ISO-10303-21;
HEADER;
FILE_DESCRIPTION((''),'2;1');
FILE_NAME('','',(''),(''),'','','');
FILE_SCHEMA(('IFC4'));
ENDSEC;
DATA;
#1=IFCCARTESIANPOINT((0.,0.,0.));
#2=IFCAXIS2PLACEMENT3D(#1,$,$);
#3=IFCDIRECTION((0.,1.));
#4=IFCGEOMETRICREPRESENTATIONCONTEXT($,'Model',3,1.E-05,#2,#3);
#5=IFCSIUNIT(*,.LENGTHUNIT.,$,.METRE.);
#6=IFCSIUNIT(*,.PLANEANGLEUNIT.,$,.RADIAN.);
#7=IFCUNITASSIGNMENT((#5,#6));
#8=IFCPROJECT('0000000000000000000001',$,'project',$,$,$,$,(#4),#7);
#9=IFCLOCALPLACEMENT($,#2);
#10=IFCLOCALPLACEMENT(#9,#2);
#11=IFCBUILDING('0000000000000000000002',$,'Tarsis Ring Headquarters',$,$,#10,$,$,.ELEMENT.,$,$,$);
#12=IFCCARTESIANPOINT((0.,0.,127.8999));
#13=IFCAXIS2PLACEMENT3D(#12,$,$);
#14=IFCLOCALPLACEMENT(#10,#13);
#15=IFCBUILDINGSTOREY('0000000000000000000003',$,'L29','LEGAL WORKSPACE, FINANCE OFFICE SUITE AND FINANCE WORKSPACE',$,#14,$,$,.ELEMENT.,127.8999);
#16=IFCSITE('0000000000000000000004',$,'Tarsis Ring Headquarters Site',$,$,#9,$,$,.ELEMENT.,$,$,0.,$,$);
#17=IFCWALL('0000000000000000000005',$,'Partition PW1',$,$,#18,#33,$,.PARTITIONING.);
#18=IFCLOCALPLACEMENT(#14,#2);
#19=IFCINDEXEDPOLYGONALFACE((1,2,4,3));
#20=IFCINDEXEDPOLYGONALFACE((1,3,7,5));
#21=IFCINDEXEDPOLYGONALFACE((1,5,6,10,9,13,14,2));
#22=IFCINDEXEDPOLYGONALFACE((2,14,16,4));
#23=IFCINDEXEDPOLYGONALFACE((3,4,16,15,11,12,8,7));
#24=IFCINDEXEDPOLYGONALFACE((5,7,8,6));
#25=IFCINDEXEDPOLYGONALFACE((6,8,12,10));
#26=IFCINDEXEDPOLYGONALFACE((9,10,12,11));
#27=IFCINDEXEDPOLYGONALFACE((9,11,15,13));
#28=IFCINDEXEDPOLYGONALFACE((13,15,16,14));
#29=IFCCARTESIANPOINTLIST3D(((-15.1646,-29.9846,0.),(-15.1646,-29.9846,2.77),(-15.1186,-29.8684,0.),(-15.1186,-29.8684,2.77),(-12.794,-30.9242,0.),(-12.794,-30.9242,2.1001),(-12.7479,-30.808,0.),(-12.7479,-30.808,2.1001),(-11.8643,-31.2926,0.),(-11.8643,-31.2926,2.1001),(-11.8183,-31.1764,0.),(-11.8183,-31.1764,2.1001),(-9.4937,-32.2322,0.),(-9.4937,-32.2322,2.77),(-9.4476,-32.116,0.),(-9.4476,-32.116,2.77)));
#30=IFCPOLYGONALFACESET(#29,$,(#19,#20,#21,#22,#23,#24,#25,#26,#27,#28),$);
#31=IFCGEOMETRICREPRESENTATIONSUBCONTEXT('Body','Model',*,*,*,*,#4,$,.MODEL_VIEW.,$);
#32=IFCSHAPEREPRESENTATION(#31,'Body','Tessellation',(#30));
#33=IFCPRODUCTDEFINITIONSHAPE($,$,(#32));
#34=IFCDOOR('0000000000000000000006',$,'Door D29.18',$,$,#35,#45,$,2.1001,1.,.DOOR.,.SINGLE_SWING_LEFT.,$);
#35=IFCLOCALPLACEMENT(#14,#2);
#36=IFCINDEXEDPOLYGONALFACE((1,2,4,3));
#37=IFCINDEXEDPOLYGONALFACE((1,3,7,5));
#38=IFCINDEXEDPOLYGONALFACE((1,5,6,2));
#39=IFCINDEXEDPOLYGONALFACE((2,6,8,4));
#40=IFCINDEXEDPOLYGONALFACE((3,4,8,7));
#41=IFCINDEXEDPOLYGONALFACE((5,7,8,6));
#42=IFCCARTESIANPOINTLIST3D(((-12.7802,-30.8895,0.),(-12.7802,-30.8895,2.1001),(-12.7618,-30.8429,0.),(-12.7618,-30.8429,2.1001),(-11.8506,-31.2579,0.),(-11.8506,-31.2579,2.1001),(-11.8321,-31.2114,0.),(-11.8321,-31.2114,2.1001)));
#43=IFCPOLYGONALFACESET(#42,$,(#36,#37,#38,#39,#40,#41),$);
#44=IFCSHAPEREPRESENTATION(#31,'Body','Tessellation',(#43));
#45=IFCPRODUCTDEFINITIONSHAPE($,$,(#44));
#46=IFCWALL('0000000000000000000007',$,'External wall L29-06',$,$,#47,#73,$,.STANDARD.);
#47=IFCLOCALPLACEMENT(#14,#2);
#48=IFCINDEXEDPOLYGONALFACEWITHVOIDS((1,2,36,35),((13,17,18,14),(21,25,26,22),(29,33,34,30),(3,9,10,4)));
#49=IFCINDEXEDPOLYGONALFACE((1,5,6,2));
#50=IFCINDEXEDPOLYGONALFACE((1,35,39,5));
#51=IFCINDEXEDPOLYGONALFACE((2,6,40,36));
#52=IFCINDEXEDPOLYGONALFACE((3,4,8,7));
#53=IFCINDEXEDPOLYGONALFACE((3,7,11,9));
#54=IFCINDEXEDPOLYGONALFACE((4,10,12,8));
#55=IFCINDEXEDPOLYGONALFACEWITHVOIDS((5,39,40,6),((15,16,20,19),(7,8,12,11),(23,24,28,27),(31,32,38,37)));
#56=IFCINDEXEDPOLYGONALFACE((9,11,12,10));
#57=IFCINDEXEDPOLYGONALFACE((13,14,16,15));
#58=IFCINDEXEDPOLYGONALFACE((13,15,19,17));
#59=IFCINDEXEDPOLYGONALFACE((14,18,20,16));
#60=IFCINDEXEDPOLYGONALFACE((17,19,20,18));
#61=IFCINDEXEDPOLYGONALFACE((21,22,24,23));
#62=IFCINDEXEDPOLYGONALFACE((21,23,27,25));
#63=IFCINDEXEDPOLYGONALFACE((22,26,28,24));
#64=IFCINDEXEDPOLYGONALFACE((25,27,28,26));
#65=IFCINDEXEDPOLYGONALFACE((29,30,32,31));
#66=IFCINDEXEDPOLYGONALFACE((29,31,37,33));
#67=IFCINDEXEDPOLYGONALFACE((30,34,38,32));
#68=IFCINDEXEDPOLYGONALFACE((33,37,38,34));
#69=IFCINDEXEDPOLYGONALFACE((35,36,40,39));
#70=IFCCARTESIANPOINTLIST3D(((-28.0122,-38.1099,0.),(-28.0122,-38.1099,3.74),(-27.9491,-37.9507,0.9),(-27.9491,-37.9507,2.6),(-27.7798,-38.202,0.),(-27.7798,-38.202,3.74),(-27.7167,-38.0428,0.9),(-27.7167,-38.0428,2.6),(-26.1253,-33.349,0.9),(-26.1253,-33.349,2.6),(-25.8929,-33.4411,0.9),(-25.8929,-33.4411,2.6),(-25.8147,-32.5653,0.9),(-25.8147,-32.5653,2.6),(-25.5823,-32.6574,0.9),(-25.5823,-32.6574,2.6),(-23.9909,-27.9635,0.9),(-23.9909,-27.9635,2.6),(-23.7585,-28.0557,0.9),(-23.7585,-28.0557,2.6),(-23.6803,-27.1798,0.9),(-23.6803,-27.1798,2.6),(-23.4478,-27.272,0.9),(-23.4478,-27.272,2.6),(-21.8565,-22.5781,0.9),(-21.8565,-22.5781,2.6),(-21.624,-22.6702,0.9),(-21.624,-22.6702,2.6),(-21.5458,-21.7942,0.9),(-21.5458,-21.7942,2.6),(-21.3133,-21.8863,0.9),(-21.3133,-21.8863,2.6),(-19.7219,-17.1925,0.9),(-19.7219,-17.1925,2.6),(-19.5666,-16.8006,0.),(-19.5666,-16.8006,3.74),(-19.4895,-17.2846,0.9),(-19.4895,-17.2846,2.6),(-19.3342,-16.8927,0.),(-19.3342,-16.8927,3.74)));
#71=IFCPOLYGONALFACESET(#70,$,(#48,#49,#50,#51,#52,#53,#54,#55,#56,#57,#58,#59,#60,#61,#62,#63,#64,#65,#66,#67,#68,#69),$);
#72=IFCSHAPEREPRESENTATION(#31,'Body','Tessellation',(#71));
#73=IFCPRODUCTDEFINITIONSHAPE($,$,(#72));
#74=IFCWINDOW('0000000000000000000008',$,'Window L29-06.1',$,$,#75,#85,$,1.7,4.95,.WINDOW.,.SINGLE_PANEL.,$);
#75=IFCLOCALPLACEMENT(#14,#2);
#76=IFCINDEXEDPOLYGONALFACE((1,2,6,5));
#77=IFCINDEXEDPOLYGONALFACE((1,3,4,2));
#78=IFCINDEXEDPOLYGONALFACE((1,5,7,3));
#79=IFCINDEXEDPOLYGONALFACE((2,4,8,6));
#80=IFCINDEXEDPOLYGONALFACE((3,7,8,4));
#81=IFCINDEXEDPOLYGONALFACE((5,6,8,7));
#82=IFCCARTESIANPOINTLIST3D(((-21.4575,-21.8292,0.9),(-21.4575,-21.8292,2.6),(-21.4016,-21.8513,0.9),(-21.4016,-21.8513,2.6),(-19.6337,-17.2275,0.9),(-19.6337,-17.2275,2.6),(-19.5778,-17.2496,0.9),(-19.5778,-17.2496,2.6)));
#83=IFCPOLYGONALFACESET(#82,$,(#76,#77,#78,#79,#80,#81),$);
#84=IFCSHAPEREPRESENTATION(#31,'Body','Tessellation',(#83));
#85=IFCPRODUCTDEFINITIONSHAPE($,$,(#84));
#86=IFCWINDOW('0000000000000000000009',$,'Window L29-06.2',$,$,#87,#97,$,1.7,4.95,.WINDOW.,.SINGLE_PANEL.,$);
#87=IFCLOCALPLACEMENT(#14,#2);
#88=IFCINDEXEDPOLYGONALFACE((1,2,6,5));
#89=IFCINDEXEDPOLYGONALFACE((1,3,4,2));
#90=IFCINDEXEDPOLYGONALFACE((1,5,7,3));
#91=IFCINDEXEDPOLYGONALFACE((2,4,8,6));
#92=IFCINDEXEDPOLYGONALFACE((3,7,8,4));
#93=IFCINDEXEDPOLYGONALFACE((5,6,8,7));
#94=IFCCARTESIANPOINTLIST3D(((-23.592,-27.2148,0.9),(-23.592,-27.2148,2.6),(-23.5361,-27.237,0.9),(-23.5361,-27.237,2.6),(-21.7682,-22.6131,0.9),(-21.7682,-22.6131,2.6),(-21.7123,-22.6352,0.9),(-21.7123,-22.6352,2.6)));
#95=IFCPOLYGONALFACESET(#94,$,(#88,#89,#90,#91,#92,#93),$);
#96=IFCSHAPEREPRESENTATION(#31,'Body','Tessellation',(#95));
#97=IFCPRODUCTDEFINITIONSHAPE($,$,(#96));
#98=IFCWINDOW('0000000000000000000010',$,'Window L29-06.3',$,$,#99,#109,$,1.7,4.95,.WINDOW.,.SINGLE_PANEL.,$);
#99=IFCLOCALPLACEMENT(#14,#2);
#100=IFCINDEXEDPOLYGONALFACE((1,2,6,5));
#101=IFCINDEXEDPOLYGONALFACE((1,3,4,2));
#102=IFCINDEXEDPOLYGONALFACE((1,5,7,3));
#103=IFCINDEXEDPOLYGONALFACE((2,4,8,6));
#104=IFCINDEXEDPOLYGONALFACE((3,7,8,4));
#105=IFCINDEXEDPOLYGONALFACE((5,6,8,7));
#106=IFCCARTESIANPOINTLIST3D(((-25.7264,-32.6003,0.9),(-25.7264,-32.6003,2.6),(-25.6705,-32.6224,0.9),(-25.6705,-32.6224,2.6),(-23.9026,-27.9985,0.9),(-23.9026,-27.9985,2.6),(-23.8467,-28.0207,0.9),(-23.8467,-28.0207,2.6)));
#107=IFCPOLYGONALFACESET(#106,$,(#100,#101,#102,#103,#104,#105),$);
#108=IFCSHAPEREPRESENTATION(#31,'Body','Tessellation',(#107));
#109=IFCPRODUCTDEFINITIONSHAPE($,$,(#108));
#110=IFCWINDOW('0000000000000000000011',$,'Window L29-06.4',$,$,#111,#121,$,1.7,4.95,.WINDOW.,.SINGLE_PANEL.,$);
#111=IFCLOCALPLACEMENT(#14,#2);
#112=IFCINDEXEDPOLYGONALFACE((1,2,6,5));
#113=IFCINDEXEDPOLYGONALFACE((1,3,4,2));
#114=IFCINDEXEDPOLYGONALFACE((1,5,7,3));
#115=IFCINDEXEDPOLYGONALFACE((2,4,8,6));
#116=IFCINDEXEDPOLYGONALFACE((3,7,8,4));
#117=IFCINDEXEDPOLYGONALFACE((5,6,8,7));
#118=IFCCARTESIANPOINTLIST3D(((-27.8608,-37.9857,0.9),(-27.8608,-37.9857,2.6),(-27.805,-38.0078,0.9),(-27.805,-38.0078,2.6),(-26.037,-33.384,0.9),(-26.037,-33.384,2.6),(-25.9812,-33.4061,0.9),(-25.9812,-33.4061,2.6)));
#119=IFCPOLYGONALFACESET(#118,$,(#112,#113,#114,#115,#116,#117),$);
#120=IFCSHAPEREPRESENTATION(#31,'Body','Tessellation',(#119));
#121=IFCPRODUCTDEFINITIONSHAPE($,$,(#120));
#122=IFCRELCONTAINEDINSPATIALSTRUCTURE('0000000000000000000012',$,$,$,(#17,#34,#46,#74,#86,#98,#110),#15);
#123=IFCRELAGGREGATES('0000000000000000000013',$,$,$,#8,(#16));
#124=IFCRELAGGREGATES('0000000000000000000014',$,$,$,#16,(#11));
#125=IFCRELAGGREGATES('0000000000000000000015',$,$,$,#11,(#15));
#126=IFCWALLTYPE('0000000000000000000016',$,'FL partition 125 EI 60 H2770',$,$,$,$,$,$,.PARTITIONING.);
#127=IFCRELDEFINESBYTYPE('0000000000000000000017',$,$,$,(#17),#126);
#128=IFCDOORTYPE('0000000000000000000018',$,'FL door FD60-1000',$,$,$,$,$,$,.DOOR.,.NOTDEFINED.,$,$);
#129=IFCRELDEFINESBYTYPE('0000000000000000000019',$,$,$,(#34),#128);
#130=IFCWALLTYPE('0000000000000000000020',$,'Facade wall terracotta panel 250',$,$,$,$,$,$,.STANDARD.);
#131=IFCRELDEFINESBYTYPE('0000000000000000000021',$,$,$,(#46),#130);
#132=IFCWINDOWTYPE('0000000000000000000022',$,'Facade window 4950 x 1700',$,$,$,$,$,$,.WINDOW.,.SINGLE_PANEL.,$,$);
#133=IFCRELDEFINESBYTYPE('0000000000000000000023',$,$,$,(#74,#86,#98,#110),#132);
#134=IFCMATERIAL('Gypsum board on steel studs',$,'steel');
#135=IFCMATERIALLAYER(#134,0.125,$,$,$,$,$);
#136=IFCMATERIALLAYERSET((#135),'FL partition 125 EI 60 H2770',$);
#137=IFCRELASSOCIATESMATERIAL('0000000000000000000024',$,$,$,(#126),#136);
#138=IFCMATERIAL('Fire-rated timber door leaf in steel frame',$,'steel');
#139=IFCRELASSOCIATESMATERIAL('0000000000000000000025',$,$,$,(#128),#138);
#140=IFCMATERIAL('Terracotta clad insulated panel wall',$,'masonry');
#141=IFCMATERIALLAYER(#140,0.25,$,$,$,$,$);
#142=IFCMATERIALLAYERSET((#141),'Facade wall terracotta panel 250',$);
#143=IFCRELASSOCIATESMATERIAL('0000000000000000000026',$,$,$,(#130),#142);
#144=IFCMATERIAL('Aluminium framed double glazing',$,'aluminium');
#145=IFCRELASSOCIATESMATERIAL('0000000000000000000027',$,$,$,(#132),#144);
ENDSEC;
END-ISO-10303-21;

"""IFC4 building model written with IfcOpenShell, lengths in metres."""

from ifc_helpers import new_model, si_unit, direction, frame, frame_2d, origin, place, context, subcontext, project, spatial, rectangle, extrude, material, layer, layer_set, type_object, element, fill, save


model = new_model("IFC4")

# Units and contexts
model_context = context("Model", 3, precision=1e-05, world=origin(), true_north=direction((0.0, 1.0)))
body_context = subcontext(model_context, "Body", "Model", "MODEL_VIEW")
ifc_project = project(units=[si_unit("LENGTHUNIT", "METRE"), si_unit("PLANEANGLEUNIT", "RADIAN")], contexts=[model_context])

# Site, building, storey
site_placement = place(None, origin())
site = spatial("IfcSite", under=ifc_project, at=site_placement, Name="Tarsis Ring Headquarters Site", CompositionType="ELEMENT", RefElevation=0.0)
building_placement = place(site_placement, origin())
building = spatial("IfcBuilding", under=site, at=building_placement, Name="Tarsis Ring Headquarters", CompositionType="ELEMENT")
storey_placement = place(building_placement, frame((0.0, 0.0, 127.8999)))
storey = spatial("IfcBuildingStorey", under=building, at=storey_placement, Name="L29", Description="LEGAL WORKSPACE, FINANCE OFFICE SUITE AND FINANCE WORKSPACE", CompositionType="ELEMENT", Elevation=127.8999)

# Shared definitions
ifc_material_1 = material(Name="Gypsum board on steel studs", Category="steel")
ifc_layer_1 = layer(ifc_material_1, 0.125)
ifc_layer_set_1 = layer_set([ifc_layer_1], Name="FL partition 125 EI 60 H2770")
wall_type_1 = type_object("IfcWallType", Name="FL partition 125 EI 60 H2770", PredefinedType="PARTITIONING", material=ifc_layer_set_1)

# Wall, opening, door
wall_1_placement = place(storey_placement, frame((-15.1416, -29.9265, 0.0), z_axis=(0.0, 0.0, 1.0), x_axis=(0.929648, -0.368449, 0.0)))
wall_1 = element("IfcWall", 1, at=wall_1_placement, inside=storey, type_object=wall_type_1, Name="Partition PW1", PredefinedType="PARTITIONING", context=body_context, shape_type="SweptSolid", body=[
    extrude(rectangle(XDim=6.1001, YDim=0.125, at=frame_2d((3.05, 0.0))), origin(), (0.0, 0.0, 1.0), 2.77),
])
opening_1_placement = place(wall_1_placement, frame((2.55, 0.0, 0.0)))
opening_1 = element("IfcOpeningElement", 2, at=opening_1_placement, cuts=wall_1, PredefinedType="OPENING", context=body_context, shape_type="SweptSolid", body=[
    extrude(rectangle(XDim=1.0, YDim=2.1001, at=frame_2d((0.5, 1.05))), frame((0.0, 0.0725, 0.0), z_axis=(0.0, -1.0, 0.0), x_axis=(1.0, 0.0, 0.0)), (0.0, 0.0, 1.0), 0.145),
])
ifc_material_2 = material(Name="Fire-rated timber door leaf in steel frame", Category="steel")
door_type = type_object("IfcDoorType", Name="FL door FD60-1000", OperationType="NOTDEFINED", PredefinedType="DOOR", material=ifc_material_2)
door_placement = place(opening_1_placement, origin())
door = element("IfcDoor", 3, at=door_placement, inside=storey, type_object=door_type, Name="Door D29.18", OperationType="SINGLE_SWING_LEFT", OverallHeight=2.1001, OverallWidth=1.0, PredefinedType="DOOR", context=body_context, shape_type="SweptSolid", body=[
    extrude(rectangle(XDim=1.0, YDim=2.1001, at=frame_2d((0.5, 1.05))), frame((0.0, 0.0249, 0.0), z_axis=(0.0, -1.0, 0.0), x_axis=(1.0, 0.0, 0.0)), (0.0, 0.0, 1.0), 0.05),
])
fill(opening_1, door)

# Wall, openings, windows
ifc_material_3 = material(Name="Terracotta clad insulated panel wall", Category="masonry")
ifc_layer_2 = layer(ifc_material_3, 0.25)
ifc_layer_set_2 = layer_set([ifc_layer_2], Name="Facade wall terracotta panel 250")
wall_type_2 = type_object("IfcWallType", Name="Facade wall terracotta panel 250", PredefinedType="STANDARD", material=ifc_layer_set_2)
wall_2_placement = place(storey_placement, frame((-19.4504, -16.8467, 0.0), z_axis=(0.0, 0.0, 1.0), x_axis=(-0.368449, -0.929648, 0.0)))
wall_2 = element("IfcWall", 4, at=wall_2_placement, inside=storey, type_object=wall_type_2, Name="External wall L29-06", PredefinedType="STANDARD", context=body_context, shape_type="SweptSolid", body=[
    extrude(rectangle(XDim=22.9219, YDim=0.25, at=frame_2d((11.4609, 0.0))), origin(), (0.0, 0.0, 1.0), 3.74),
])
opening_2_placement = place(wall_2_placement, frame((0.4214, 0.0, 0.8999)))
opening_2 = element("IfcOpeningElement", 5, at=opening_2_placement, cuts=wall_2, PredefinedType="OPENING", context=body_context, shape_type="SweptSolid", body=[
    extrude(rectangle(XDim=4.95, YDim=1.7, at=frame_2d((2.4751, 0.8501))), frame((0.0, 0.135, 0.0), z_axis=(0.0, -1.0, 0.0), x_axis=(1.0, 0.0, 0.0)), (0.0, 0.0, 1.0), 0.27),
])
opening_3_placement = place(wall_2_placement, frame((6.2146, 0.0, 0.8999)))
opening_3 = element("IfcOpeningElement", 6, at=opening_3_placement, cuts=wall_2, PredefinedType="OPENING", context=body_context, shape_type="SweptSolid", body=[
    extrude(rectangle(XDim=4.95, YDim=1.7, at=frame_2d((2.4751, 0.8501))), frame((0.0, 0.135, 0.0), z_axis=(0.0, -1.0, 0.0), x_axis=(1.0, 0.0, 0.0)), (0.0, 0.0, 1.0), 0.27),
])
opening_4_placement = place(wall_2_placement, frame((12.0076, 0.0, 0.8999)))
opening_4 = element("IfcOpeningElement", 7, at=opening_4_placement, cuts=wall_2, PredefinedType="OPENING", context=body_context, shape_type="SweptSolid", body=[
    extrude(rectangle(XDim=4.95, YDim=1.7, at=frame_2d((2.4751, 0.8501))), frame((0.0, 0.135, 0.0), z_axis=(0.0, -1.0, 0.0), x_axis=(1.0, 0.0, 0.0)), (0.0, 0.0, 1.0), 0.27),
])
opening_5_placement = place(wall_2_placement, frame((17.8005, 0.0, 0.8999)))
opening_5 = element("IfcOpeningElement", 8, at=opening_5_placement, cuts=wall_2, PredefinedType="OPENING", context=body_context, shape_type="SweptSolid", body=[
    extrude(rectangle(XDim=4.95, YDim=1.7, at=frame_2d((2.4751, 0.8501))), frame((0.0, 0.135, 0.0), z_axis=(0.0, -1.0, 0.0), x_axis=(1.0, 0.0, 0.0)), (0.0, 0.0, 1.0), 0.27),
])
ifc_material_4 = material(Name="Aluminium framed double glazing", Category="aluminium")
window_type = type_object("IfcWindowType", Name="Facade window 4950 x 1700", PartitioningType="SINGLE_PANEL", PredefinedType="WINDOW", material=ifc_material_4)
window_1_placement = place(opening_2_placement, origin())
window_1 = element("IfcWindow", 9, at=window_1_placement, inside=storey, type_object=window_type, Name="Window L29-06.1", OverallHeight=1.7, OverallWidth=4.95, PartitioningType="SINGLE_PANEL", PredefinedType="WINDOW", context=body_context, shape_type="SweptSolid", body=[
    extrude(rectangle(XDim=4.95, YDim=1.7, at=frame_2d((2.4751, 0.8501))), frame((0.0, 0.03, 0.0), z_axis=(0.0, -1.0, 0.0), x_axis=(1.0, 0.0, 0.0)), (0.0, 0.0, 1.0), 0.0601),
])
fill(opening_2, window_1)
window_2_placement = place(opening_3_placement, origin())
window_2 = element("IfcWindow", 10, at=window_2_placement, inside=storey, type_object=window_type, Name="Window L29-06.2", OverallHeight=1.7, OverallWidth=4.95, PartitioningType="SINGLE_PANEL", PredefinedType="WINDOW", context=body_context, shape_type="SweptSolid", body=[
    extrude(rectangle(XDim=4.95, YDim=1.7, at=frame_2d((2.4751, 0.8501))), frame((0.0, 0.03, 0.0), z_axis=(0.0, -1.0, 0.0), x_axis=(1.0, 0.0, 0.0)), (0.0, 0.0, 1.0), 0.0601),
])
fill(opening_3, window_2)
window_3_placement = place(opening_4_placement, origin())
window_3 = element("IfcWindow", 11, at=window_3_placement, inside=storey, type_object=window_type, Name="Window L29-06.3", OverallHeight=1.7, OverallWidth=4.95, PartitioningType="SINGLE_PANEL", PredefinedType="WINDOW", context=body_context, shape_type="SweptSolid", body=[
    extrude(rectangle(XDim=4.95, YDim=1.7, at=frame_2d((2.4751, 0.8501))), frame((0.0, 0.03, 0.0), z_axis=(0.0, -1.0, 0.0), x_axis=(1.0, 0.0, 0.0)), (0.0, 0.0, 1.0), 0.0601),
])
fill(opening_4, window_3)
window_4_placement = place(opening_5_placement, origin())
window_4 = element("IfcWindow", 12, at=window_4_placement, inside=storey, type_object=window_type, Name="Window L29-06.4", OverallHeight=1.7, OverallWidth=4.95, PartitioningType="SINGLE_PANEL", PredefinedType="WINDOW", context=body_context, shape_type="SweptSolid", body=[
    extrude(rectangle(XDim=4.95, YDim=1.7, at=frame_2d((2.4751, 0.8501))), frame((0.0, 0.03, 0.0), z_axis=(0.0, -1.0, 0.0), x_axis=(1.0, 0.0, 0.0)), (0.0, 0.0, 1.0), 0.0601),
])
fill(opening_5, window_4)

save(model, "model.ifc")
